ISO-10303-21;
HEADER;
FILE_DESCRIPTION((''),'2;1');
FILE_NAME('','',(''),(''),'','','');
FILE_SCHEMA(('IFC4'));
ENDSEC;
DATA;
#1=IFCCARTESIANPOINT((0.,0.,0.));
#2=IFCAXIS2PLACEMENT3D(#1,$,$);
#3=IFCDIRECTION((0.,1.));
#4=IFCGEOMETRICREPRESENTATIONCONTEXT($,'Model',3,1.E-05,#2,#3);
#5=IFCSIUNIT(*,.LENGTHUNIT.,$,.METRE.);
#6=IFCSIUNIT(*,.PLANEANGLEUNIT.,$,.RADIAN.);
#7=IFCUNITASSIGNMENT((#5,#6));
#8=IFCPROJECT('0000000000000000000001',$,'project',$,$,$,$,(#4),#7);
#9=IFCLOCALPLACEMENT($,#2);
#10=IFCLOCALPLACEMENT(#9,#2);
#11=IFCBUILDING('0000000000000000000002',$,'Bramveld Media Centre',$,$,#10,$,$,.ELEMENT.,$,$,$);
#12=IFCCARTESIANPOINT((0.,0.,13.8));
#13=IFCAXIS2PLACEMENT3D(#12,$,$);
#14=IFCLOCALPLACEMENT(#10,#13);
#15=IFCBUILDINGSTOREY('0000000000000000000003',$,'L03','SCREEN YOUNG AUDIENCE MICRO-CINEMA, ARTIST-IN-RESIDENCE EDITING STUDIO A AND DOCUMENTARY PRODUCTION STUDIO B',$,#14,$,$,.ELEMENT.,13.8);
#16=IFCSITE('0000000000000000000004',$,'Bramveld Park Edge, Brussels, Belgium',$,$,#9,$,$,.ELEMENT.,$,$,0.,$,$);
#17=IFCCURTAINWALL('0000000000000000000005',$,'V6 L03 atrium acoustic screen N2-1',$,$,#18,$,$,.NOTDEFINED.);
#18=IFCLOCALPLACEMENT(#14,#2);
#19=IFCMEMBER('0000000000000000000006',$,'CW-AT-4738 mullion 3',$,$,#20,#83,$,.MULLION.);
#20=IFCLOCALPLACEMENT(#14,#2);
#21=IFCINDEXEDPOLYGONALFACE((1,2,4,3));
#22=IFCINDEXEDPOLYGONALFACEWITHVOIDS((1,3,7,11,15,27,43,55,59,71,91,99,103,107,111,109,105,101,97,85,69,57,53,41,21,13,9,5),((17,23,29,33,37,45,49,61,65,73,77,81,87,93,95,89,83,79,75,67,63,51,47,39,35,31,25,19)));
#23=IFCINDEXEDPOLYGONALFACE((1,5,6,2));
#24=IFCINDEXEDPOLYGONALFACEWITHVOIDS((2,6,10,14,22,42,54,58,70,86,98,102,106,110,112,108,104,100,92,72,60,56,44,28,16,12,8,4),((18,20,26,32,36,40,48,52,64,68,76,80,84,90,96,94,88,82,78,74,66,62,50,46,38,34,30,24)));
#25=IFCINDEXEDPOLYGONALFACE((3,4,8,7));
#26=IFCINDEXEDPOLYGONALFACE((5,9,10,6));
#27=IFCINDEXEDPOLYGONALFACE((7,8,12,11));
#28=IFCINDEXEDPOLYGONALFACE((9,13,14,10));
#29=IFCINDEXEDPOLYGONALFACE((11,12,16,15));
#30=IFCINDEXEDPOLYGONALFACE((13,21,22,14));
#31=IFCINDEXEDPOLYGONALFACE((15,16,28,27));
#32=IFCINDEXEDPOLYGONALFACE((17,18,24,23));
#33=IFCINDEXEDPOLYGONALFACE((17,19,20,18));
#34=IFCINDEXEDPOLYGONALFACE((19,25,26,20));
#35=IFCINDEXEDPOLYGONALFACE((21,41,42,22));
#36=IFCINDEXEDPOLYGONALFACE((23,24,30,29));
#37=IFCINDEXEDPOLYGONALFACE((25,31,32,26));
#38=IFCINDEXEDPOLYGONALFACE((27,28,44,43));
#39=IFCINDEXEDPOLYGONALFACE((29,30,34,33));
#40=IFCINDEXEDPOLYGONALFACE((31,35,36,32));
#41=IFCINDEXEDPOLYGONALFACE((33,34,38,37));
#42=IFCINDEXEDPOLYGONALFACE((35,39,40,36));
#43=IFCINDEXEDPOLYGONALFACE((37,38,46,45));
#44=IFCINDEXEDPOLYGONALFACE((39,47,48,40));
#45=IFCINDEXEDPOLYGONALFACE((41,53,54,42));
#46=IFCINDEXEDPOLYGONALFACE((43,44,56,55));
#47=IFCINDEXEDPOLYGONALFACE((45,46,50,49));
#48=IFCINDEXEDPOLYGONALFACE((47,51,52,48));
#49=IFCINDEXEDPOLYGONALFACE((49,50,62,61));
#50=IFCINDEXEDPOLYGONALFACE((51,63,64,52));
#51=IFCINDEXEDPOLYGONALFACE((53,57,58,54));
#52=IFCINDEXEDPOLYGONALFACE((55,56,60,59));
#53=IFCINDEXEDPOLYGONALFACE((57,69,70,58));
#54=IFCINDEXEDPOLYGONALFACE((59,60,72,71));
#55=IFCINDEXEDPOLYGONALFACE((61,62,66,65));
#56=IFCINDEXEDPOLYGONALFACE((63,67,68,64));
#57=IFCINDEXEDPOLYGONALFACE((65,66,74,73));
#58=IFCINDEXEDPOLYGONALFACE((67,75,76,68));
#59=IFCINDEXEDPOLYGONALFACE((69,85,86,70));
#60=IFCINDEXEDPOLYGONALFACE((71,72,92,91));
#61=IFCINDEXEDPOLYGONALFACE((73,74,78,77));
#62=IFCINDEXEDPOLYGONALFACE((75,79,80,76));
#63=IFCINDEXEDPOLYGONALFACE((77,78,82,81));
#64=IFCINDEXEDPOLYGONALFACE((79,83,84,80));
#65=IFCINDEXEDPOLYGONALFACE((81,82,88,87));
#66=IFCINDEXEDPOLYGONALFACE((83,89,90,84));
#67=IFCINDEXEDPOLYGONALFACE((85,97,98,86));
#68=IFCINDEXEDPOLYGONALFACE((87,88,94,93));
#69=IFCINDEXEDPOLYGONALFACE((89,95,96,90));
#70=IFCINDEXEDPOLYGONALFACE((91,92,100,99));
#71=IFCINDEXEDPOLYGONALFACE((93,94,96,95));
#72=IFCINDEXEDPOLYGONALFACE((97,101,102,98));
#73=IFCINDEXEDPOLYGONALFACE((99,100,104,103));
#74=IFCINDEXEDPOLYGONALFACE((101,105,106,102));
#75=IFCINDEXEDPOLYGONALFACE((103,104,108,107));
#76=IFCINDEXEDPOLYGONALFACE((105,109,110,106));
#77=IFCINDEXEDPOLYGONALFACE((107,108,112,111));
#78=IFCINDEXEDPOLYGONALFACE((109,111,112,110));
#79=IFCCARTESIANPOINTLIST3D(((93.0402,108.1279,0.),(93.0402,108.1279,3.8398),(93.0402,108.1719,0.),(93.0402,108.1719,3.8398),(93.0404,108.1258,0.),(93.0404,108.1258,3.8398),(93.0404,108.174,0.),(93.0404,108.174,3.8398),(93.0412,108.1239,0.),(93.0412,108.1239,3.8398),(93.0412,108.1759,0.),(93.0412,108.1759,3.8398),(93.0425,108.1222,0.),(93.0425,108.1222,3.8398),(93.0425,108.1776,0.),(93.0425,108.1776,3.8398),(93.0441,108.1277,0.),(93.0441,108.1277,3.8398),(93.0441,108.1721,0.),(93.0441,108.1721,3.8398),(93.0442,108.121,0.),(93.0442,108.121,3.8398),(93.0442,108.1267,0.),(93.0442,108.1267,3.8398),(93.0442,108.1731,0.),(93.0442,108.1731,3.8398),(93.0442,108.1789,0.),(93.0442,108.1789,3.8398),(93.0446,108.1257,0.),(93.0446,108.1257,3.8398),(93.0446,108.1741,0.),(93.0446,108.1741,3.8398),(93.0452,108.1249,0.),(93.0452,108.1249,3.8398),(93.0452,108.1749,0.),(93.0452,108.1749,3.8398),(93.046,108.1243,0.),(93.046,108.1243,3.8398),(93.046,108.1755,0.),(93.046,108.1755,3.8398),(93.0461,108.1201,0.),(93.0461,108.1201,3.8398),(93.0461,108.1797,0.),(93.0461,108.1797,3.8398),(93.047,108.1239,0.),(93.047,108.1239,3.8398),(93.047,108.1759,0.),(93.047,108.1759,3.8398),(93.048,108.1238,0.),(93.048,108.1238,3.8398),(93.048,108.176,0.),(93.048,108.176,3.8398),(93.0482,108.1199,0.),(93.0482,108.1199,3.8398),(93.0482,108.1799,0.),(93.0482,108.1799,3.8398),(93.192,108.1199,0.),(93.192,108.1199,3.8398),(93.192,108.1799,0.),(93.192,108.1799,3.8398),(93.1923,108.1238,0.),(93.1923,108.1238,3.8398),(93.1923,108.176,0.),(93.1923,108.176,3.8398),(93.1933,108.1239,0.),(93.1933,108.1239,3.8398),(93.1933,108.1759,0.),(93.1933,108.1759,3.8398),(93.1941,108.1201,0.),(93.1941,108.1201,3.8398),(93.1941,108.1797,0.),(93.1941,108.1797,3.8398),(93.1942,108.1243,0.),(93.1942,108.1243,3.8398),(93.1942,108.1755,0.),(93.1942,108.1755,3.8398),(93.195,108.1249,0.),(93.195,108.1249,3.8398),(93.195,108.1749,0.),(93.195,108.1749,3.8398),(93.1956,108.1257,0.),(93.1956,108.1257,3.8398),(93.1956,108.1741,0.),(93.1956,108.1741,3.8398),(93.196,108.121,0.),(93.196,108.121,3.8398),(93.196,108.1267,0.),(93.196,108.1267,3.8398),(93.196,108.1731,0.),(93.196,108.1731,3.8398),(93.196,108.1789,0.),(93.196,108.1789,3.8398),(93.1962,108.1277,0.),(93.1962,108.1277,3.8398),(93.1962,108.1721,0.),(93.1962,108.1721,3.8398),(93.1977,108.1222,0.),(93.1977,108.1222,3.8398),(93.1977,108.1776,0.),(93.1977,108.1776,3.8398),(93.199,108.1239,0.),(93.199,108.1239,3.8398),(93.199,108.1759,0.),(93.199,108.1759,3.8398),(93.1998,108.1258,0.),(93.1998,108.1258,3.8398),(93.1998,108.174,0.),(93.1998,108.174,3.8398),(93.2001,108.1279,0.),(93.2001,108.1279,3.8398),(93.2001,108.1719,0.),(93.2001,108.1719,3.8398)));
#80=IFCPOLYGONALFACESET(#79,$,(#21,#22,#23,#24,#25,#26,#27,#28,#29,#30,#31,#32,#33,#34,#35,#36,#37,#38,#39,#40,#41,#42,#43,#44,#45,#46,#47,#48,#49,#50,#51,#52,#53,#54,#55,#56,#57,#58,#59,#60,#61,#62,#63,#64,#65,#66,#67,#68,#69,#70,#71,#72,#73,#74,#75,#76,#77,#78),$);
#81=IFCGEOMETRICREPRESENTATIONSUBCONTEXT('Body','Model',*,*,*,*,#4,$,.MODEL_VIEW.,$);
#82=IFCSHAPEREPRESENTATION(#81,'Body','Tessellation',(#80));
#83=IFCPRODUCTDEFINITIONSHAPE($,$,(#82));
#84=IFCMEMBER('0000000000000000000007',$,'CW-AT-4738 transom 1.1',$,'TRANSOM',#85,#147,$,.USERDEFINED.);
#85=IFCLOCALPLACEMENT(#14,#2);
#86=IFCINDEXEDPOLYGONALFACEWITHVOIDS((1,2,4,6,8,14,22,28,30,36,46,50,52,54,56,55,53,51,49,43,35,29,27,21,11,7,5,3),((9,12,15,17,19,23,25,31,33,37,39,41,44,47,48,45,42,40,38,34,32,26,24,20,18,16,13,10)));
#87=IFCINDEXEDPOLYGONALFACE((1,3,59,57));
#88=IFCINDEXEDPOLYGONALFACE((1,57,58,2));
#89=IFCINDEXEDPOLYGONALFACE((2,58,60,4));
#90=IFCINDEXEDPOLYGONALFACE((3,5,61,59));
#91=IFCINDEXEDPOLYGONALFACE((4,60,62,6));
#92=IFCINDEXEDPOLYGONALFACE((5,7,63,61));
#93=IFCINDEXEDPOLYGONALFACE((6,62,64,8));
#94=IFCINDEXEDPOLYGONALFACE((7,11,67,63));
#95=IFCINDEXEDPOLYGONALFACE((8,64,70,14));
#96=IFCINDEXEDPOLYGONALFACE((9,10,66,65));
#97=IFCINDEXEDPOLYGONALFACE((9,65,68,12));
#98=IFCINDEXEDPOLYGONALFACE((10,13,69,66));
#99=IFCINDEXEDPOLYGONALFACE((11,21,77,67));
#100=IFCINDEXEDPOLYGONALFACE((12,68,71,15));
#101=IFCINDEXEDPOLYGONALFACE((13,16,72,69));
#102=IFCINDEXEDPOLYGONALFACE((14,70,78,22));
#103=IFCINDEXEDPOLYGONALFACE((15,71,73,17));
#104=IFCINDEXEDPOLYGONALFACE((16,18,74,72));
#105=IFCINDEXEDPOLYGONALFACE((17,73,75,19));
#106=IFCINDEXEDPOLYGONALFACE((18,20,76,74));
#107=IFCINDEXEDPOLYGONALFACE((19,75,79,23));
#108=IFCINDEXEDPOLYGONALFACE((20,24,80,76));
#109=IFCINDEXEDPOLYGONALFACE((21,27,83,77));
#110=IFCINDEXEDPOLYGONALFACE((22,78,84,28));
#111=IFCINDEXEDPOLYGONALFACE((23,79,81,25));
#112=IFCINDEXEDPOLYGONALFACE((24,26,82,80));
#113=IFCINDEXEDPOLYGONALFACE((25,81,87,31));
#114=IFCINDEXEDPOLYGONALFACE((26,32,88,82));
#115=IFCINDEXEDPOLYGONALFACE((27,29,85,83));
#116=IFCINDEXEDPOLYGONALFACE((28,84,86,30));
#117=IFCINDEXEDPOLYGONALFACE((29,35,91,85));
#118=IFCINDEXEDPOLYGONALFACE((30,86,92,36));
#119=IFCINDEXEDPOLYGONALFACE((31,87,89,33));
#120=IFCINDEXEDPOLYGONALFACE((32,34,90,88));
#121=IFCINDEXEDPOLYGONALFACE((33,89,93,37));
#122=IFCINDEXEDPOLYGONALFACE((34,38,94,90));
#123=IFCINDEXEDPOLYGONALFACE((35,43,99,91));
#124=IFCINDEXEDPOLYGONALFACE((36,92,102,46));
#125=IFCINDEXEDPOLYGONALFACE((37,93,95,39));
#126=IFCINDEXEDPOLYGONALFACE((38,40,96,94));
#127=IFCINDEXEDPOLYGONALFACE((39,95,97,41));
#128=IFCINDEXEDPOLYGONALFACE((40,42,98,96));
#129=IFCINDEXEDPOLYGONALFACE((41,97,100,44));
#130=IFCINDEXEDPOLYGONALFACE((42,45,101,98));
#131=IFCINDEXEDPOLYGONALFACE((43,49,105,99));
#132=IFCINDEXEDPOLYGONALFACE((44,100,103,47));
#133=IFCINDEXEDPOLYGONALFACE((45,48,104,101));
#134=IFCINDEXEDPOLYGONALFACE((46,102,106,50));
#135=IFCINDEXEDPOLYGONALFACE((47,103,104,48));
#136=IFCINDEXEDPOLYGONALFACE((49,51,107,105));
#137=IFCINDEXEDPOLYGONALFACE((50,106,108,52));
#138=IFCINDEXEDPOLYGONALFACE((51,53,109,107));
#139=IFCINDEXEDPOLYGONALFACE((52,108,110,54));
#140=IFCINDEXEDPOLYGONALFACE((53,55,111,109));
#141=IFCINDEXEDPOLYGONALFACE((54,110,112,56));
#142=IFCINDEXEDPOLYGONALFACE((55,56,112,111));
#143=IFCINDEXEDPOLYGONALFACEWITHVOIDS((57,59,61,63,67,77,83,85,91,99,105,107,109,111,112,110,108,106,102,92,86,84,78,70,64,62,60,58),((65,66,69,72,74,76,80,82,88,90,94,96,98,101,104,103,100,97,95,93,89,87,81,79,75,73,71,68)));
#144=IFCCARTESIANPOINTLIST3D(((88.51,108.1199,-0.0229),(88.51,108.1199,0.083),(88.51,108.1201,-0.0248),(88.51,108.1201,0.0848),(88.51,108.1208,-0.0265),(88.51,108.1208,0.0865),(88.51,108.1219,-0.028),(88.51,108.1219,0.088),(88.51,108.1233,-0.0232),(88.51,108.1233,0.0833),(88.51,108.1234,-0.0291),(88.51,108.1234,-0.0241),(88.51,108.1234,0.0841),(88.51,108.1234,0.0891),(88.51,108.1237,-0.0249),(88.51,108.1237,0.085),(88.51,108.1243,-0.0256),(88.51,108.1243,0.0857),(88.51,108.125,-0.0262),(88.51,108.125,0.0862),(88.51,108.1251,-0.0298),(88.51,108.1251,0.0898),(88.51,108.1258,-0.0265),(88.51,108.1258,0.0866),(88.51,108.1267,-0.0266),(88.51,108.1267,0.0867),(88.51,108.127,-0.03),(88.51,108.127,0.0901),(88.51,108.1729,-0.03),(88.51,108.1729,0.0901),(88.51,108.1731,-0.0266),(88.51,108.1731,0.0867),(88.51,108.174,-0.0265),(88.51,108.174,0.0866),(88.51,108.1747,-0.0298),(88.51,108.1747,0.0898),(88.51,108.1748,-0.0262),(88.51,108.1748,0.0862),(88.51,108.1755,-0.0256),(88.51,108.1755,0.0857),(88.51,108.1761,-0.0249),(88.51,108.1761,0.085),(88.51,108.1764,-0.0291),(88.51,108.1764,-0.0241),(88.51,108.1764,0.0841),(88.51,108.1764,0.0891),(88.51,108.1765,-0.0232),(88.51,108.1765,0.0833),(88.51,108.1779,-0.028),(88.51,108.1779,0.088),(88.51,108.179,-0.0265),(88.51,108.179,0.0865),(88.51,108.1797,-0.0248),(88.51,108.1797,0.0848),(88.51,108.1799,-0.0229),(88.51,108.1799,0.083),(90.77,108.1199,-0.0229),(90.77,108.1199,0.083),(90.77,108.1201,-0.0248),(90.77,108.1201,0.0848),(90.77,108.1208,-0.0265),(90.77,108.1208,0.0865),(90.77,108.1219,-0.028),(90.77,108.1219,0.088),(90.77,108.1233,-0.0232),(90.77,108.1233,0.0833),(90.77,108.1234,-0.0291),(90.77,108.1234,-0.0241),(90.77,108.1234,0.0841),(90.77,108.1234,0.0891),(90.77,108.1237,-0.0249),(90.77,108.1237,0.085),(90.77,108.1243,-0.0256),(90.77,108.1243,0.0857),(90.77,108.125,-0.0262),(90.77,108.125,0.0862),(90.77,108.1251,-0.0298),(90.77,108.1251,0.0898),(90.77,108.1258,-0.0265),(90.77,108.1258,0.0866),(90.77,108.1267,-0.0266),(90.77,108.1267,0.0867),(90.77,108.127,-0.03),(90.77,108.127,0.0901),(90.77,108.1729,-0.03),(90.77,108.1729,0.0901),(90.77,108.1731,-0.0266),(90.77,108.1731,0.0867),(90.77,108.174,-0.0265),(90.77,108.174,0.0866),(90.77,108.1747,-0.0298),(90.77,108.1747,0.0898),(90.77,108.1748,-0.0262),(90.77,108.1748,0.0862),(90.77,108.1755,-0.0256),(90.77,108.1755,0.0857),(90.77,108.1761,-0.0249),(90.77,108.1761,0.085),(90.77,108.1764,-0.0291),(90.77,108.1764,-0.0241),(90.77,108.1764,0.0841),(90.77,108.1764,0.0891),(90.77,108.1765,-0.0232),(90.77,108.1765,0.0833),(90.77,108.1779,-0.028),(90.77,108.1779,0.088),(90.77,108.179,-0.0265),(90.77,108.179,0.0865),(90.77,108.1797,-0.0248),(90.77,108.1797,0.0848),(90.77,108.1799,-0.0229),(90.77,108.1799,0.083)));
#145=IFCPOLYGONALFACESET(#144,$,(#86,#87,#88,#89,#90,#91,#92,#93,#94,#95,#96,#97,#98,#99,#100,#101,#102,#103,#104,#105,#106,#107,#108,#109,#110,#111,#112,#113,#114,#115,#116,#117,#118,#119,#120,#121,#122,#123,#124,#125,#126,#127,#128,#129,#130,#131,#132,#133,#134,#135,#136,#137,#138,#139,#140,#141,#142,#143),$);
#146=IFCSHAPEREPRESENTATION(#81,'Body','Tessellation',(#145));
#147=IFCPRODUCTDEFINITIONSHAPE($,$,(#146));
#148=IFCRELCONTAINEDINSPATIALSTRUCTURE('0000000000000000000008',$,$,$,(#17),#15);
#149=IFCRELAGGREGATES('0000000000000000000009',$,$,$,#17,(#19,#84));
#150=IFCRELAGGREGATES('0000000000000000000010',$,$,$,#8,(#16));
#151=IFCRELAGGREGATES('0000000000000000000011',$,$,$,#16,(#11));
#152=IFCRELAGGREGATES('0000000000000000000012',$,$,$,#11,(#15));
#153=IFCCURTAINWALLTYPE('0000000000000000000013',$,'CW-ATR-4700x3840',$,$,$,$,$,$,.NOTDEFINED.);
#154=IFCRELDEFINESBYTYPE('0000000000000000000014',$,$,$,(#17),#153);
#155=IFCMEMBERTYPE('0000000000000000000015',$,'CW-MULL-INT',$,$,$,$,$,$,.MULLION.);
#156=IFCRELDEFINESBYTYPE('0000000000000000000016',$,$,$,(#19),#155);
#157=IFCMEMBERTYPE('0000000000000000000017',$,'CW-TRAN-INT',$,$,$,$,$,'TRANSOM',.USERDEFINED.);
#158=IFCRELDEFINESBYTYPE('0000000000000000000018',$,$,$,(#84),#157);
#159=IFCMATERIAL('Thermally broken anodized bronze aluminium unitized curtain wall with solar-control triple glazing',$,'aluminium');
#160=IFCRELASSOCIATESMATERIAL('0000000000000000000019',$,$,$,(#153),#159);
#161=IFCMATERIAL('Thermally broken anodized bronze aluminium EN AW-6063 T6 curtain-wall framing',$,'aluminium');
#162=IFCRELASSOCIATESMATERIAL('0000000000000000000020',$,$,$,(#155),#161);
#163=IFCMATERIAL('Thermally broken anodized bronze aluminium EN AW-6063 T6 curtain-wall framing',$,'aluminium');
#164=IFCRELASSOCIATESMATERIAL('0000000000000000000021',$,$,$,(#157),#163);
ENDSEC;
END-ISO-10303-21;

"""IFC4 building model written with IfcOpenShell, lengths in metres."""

from ifc_helpers import new_model, si_unit, direction, frame, origin, origin_2d, place, context, subcontext, project, spatial, hollow_rectangle, extrude, material, material_profile, profile_set, type_object, element, aggregate, save


model = new_model("IFC4")

# Units and contexts
model_context = context("Model", 3, precision=1e-05, world=origin(), true_north=direction((0.0, 1.0)))
body_context = subcontext(model_context, "Body", "Model", "MODEL_VIEW")
ifc_project = project(units=[si_unit("LENGTHUNIT", "METRE"), si_unit("PLANEANGLEUNIT", "RADIAN")], contexts=[model_context])

# Site, building, storey
site_placement = place(None, origin())
site = spatial("IfcSite", under=ifc_project, at=site_placement, Name="Bramveld Park Edge, Brussels, Belgium", CompositionType="ELEMENT", RefElevation=0.0)
building_placement = place(site_placement, origin())
building = spatial("IfcBuilding", under=site, at=building_placement, Name="Bramveld Media Centre", CompositionType="ELEMENT")
storey_placement = place(building_placement, frame((0.0, 0.0, 13.8)))
storey = spatial("IfcBuildingStorey", under=building, at=storey_placement, Name="L03", Description="SCREEN YOUNG AUDIENCE MICRO-CINEMA, ARTIST-IN-RESIDENCE EDITING STUDIO A AND DOCUMENTARY PRODUCTION STUDIO B", CompositionType="ELEMENT", Elevation=13.8)

# Curtain wall, members
ifc_material_1 = material(Name="Thermally broken anodized bronze aluminium unitized curtain wall with solar-control triple glazing", Category="aluminium")
curtain_wall_type = type_object("IfcCurtainWallType", Name="CW-ATR-4700x3840", PredefinedType="NOTDEFINED", material=ifc_material_1)
curtain_wall_placement = place(storey_placement, origin())
curtain_wall = element("IfcCurtainWall", 1, at=curtain_wall_placement, inside=storey, type_object=curtain_wall_type, Name="V6 L03 atrium acoustic screen N2-1", PredefinedType="NOTDEFINED")
ifc_material_2 = material(Name="Thermally broken anodized bronze aluminium EN AW-6063 T6 curtain-wall framing", Category="aluminium")
ifc_material_profile_1 = material_profile(ifc_material_2, hollow_rectangle(XDim=0.0601, YDim=0.1599, WallThickness=0.0039, InnerFilletRadius=0.0039, OuterFilletRadius=0.0081, at=origin_2d()), Name="AL-MULL 60x160")
ifc_profile_set_1 = profile_set([ifc_material_profile_1], Name="Thermally broken anodized bronze aluminium EN AW-6063 T6 curtain-wall framing")
member_type_1 = type_object("IfcMemberType", Name="CW-MULL-INT", PredefinedType="MULLION", material=ifc_profile_set_1)
member_1_placement = place(storey_placement, frame((93.1201, 108.1499, 0.0), z_axis=(0.0, 0.0, 1.0), x_axis=(0.0, 1.0, 0.0)))
member_1 = element("IfcMember", 2, at=member_1_placement, type_object=member_type_1, Name="CW-AT-4738 mullion 3", PredefinedType="MULLION", context=body_context, shape_type="SweptSolid", body=[
    extrude(hollow_rectangle(XDim=0.0601, YDim=0.1599, WallThickness=0.0039, InnerFilletRadius=0.0039, OuterFilletRadius=0.0081, at=origin_2d()), origin(), (0.0, 0.0, 1.0), 3.8398),
])
ifc_material_3 = material(Name="Thermally broken anodized bronze aluminium EN AW-6063 T6 curtain-wall framing", Category="aluminium")
ifc_material_profile_2 = material_profile(ifc_material_3, hollow_rectangle(XDim=0.0601, YDim=0.1201, WallThickness=0.0034, InnerFilletRadius=0.0034, OuterFilletRadius=0.0071, at=origin_2d()), Name="AL-TRAN 60x120")
ifc_profile_set_2 = profile_set([ifc_material_profile_2], Name="Thermally broken anodized bronze aluminium EN AW-6063 T6 curtain-wall framing")
member_type_2 = type_object("IfcMemberType", Name="CW-TRAN-INT", ElementType="TRANSOM", PredefinedType="USERDEFINED", material=ifc_profile_set_2)
member_2_placement = place(storey_placement, frame((88.51, 108.1499, 0.03), z_axis=(1.0, 0.0, 0.0), x_axis=(0.0, 1.0, 0.0)))
member_2 = element("IfcMember", 3, at=member_2_placement, type_object=member_type_2, Name="CW-AT-4738 transom 1.1", ObjectType="TRANSOM", PredefinedType="USERDEFINED", context=body_context, shape_type="SweptSolid", body=[
    extrude(hollow_rectangle(XDim=0.0601, YDim=0.1201, WallThickness=0.0034, InnerFilletRadius=0.0034, OuterFilletRadius=0.0071, at=origin_2d()), origin(), (0.0, 0.0, 1.0), 2.26),
])

aggregate(curtain_wall, [member_1, member_2])

save(model, "model.ifc")
